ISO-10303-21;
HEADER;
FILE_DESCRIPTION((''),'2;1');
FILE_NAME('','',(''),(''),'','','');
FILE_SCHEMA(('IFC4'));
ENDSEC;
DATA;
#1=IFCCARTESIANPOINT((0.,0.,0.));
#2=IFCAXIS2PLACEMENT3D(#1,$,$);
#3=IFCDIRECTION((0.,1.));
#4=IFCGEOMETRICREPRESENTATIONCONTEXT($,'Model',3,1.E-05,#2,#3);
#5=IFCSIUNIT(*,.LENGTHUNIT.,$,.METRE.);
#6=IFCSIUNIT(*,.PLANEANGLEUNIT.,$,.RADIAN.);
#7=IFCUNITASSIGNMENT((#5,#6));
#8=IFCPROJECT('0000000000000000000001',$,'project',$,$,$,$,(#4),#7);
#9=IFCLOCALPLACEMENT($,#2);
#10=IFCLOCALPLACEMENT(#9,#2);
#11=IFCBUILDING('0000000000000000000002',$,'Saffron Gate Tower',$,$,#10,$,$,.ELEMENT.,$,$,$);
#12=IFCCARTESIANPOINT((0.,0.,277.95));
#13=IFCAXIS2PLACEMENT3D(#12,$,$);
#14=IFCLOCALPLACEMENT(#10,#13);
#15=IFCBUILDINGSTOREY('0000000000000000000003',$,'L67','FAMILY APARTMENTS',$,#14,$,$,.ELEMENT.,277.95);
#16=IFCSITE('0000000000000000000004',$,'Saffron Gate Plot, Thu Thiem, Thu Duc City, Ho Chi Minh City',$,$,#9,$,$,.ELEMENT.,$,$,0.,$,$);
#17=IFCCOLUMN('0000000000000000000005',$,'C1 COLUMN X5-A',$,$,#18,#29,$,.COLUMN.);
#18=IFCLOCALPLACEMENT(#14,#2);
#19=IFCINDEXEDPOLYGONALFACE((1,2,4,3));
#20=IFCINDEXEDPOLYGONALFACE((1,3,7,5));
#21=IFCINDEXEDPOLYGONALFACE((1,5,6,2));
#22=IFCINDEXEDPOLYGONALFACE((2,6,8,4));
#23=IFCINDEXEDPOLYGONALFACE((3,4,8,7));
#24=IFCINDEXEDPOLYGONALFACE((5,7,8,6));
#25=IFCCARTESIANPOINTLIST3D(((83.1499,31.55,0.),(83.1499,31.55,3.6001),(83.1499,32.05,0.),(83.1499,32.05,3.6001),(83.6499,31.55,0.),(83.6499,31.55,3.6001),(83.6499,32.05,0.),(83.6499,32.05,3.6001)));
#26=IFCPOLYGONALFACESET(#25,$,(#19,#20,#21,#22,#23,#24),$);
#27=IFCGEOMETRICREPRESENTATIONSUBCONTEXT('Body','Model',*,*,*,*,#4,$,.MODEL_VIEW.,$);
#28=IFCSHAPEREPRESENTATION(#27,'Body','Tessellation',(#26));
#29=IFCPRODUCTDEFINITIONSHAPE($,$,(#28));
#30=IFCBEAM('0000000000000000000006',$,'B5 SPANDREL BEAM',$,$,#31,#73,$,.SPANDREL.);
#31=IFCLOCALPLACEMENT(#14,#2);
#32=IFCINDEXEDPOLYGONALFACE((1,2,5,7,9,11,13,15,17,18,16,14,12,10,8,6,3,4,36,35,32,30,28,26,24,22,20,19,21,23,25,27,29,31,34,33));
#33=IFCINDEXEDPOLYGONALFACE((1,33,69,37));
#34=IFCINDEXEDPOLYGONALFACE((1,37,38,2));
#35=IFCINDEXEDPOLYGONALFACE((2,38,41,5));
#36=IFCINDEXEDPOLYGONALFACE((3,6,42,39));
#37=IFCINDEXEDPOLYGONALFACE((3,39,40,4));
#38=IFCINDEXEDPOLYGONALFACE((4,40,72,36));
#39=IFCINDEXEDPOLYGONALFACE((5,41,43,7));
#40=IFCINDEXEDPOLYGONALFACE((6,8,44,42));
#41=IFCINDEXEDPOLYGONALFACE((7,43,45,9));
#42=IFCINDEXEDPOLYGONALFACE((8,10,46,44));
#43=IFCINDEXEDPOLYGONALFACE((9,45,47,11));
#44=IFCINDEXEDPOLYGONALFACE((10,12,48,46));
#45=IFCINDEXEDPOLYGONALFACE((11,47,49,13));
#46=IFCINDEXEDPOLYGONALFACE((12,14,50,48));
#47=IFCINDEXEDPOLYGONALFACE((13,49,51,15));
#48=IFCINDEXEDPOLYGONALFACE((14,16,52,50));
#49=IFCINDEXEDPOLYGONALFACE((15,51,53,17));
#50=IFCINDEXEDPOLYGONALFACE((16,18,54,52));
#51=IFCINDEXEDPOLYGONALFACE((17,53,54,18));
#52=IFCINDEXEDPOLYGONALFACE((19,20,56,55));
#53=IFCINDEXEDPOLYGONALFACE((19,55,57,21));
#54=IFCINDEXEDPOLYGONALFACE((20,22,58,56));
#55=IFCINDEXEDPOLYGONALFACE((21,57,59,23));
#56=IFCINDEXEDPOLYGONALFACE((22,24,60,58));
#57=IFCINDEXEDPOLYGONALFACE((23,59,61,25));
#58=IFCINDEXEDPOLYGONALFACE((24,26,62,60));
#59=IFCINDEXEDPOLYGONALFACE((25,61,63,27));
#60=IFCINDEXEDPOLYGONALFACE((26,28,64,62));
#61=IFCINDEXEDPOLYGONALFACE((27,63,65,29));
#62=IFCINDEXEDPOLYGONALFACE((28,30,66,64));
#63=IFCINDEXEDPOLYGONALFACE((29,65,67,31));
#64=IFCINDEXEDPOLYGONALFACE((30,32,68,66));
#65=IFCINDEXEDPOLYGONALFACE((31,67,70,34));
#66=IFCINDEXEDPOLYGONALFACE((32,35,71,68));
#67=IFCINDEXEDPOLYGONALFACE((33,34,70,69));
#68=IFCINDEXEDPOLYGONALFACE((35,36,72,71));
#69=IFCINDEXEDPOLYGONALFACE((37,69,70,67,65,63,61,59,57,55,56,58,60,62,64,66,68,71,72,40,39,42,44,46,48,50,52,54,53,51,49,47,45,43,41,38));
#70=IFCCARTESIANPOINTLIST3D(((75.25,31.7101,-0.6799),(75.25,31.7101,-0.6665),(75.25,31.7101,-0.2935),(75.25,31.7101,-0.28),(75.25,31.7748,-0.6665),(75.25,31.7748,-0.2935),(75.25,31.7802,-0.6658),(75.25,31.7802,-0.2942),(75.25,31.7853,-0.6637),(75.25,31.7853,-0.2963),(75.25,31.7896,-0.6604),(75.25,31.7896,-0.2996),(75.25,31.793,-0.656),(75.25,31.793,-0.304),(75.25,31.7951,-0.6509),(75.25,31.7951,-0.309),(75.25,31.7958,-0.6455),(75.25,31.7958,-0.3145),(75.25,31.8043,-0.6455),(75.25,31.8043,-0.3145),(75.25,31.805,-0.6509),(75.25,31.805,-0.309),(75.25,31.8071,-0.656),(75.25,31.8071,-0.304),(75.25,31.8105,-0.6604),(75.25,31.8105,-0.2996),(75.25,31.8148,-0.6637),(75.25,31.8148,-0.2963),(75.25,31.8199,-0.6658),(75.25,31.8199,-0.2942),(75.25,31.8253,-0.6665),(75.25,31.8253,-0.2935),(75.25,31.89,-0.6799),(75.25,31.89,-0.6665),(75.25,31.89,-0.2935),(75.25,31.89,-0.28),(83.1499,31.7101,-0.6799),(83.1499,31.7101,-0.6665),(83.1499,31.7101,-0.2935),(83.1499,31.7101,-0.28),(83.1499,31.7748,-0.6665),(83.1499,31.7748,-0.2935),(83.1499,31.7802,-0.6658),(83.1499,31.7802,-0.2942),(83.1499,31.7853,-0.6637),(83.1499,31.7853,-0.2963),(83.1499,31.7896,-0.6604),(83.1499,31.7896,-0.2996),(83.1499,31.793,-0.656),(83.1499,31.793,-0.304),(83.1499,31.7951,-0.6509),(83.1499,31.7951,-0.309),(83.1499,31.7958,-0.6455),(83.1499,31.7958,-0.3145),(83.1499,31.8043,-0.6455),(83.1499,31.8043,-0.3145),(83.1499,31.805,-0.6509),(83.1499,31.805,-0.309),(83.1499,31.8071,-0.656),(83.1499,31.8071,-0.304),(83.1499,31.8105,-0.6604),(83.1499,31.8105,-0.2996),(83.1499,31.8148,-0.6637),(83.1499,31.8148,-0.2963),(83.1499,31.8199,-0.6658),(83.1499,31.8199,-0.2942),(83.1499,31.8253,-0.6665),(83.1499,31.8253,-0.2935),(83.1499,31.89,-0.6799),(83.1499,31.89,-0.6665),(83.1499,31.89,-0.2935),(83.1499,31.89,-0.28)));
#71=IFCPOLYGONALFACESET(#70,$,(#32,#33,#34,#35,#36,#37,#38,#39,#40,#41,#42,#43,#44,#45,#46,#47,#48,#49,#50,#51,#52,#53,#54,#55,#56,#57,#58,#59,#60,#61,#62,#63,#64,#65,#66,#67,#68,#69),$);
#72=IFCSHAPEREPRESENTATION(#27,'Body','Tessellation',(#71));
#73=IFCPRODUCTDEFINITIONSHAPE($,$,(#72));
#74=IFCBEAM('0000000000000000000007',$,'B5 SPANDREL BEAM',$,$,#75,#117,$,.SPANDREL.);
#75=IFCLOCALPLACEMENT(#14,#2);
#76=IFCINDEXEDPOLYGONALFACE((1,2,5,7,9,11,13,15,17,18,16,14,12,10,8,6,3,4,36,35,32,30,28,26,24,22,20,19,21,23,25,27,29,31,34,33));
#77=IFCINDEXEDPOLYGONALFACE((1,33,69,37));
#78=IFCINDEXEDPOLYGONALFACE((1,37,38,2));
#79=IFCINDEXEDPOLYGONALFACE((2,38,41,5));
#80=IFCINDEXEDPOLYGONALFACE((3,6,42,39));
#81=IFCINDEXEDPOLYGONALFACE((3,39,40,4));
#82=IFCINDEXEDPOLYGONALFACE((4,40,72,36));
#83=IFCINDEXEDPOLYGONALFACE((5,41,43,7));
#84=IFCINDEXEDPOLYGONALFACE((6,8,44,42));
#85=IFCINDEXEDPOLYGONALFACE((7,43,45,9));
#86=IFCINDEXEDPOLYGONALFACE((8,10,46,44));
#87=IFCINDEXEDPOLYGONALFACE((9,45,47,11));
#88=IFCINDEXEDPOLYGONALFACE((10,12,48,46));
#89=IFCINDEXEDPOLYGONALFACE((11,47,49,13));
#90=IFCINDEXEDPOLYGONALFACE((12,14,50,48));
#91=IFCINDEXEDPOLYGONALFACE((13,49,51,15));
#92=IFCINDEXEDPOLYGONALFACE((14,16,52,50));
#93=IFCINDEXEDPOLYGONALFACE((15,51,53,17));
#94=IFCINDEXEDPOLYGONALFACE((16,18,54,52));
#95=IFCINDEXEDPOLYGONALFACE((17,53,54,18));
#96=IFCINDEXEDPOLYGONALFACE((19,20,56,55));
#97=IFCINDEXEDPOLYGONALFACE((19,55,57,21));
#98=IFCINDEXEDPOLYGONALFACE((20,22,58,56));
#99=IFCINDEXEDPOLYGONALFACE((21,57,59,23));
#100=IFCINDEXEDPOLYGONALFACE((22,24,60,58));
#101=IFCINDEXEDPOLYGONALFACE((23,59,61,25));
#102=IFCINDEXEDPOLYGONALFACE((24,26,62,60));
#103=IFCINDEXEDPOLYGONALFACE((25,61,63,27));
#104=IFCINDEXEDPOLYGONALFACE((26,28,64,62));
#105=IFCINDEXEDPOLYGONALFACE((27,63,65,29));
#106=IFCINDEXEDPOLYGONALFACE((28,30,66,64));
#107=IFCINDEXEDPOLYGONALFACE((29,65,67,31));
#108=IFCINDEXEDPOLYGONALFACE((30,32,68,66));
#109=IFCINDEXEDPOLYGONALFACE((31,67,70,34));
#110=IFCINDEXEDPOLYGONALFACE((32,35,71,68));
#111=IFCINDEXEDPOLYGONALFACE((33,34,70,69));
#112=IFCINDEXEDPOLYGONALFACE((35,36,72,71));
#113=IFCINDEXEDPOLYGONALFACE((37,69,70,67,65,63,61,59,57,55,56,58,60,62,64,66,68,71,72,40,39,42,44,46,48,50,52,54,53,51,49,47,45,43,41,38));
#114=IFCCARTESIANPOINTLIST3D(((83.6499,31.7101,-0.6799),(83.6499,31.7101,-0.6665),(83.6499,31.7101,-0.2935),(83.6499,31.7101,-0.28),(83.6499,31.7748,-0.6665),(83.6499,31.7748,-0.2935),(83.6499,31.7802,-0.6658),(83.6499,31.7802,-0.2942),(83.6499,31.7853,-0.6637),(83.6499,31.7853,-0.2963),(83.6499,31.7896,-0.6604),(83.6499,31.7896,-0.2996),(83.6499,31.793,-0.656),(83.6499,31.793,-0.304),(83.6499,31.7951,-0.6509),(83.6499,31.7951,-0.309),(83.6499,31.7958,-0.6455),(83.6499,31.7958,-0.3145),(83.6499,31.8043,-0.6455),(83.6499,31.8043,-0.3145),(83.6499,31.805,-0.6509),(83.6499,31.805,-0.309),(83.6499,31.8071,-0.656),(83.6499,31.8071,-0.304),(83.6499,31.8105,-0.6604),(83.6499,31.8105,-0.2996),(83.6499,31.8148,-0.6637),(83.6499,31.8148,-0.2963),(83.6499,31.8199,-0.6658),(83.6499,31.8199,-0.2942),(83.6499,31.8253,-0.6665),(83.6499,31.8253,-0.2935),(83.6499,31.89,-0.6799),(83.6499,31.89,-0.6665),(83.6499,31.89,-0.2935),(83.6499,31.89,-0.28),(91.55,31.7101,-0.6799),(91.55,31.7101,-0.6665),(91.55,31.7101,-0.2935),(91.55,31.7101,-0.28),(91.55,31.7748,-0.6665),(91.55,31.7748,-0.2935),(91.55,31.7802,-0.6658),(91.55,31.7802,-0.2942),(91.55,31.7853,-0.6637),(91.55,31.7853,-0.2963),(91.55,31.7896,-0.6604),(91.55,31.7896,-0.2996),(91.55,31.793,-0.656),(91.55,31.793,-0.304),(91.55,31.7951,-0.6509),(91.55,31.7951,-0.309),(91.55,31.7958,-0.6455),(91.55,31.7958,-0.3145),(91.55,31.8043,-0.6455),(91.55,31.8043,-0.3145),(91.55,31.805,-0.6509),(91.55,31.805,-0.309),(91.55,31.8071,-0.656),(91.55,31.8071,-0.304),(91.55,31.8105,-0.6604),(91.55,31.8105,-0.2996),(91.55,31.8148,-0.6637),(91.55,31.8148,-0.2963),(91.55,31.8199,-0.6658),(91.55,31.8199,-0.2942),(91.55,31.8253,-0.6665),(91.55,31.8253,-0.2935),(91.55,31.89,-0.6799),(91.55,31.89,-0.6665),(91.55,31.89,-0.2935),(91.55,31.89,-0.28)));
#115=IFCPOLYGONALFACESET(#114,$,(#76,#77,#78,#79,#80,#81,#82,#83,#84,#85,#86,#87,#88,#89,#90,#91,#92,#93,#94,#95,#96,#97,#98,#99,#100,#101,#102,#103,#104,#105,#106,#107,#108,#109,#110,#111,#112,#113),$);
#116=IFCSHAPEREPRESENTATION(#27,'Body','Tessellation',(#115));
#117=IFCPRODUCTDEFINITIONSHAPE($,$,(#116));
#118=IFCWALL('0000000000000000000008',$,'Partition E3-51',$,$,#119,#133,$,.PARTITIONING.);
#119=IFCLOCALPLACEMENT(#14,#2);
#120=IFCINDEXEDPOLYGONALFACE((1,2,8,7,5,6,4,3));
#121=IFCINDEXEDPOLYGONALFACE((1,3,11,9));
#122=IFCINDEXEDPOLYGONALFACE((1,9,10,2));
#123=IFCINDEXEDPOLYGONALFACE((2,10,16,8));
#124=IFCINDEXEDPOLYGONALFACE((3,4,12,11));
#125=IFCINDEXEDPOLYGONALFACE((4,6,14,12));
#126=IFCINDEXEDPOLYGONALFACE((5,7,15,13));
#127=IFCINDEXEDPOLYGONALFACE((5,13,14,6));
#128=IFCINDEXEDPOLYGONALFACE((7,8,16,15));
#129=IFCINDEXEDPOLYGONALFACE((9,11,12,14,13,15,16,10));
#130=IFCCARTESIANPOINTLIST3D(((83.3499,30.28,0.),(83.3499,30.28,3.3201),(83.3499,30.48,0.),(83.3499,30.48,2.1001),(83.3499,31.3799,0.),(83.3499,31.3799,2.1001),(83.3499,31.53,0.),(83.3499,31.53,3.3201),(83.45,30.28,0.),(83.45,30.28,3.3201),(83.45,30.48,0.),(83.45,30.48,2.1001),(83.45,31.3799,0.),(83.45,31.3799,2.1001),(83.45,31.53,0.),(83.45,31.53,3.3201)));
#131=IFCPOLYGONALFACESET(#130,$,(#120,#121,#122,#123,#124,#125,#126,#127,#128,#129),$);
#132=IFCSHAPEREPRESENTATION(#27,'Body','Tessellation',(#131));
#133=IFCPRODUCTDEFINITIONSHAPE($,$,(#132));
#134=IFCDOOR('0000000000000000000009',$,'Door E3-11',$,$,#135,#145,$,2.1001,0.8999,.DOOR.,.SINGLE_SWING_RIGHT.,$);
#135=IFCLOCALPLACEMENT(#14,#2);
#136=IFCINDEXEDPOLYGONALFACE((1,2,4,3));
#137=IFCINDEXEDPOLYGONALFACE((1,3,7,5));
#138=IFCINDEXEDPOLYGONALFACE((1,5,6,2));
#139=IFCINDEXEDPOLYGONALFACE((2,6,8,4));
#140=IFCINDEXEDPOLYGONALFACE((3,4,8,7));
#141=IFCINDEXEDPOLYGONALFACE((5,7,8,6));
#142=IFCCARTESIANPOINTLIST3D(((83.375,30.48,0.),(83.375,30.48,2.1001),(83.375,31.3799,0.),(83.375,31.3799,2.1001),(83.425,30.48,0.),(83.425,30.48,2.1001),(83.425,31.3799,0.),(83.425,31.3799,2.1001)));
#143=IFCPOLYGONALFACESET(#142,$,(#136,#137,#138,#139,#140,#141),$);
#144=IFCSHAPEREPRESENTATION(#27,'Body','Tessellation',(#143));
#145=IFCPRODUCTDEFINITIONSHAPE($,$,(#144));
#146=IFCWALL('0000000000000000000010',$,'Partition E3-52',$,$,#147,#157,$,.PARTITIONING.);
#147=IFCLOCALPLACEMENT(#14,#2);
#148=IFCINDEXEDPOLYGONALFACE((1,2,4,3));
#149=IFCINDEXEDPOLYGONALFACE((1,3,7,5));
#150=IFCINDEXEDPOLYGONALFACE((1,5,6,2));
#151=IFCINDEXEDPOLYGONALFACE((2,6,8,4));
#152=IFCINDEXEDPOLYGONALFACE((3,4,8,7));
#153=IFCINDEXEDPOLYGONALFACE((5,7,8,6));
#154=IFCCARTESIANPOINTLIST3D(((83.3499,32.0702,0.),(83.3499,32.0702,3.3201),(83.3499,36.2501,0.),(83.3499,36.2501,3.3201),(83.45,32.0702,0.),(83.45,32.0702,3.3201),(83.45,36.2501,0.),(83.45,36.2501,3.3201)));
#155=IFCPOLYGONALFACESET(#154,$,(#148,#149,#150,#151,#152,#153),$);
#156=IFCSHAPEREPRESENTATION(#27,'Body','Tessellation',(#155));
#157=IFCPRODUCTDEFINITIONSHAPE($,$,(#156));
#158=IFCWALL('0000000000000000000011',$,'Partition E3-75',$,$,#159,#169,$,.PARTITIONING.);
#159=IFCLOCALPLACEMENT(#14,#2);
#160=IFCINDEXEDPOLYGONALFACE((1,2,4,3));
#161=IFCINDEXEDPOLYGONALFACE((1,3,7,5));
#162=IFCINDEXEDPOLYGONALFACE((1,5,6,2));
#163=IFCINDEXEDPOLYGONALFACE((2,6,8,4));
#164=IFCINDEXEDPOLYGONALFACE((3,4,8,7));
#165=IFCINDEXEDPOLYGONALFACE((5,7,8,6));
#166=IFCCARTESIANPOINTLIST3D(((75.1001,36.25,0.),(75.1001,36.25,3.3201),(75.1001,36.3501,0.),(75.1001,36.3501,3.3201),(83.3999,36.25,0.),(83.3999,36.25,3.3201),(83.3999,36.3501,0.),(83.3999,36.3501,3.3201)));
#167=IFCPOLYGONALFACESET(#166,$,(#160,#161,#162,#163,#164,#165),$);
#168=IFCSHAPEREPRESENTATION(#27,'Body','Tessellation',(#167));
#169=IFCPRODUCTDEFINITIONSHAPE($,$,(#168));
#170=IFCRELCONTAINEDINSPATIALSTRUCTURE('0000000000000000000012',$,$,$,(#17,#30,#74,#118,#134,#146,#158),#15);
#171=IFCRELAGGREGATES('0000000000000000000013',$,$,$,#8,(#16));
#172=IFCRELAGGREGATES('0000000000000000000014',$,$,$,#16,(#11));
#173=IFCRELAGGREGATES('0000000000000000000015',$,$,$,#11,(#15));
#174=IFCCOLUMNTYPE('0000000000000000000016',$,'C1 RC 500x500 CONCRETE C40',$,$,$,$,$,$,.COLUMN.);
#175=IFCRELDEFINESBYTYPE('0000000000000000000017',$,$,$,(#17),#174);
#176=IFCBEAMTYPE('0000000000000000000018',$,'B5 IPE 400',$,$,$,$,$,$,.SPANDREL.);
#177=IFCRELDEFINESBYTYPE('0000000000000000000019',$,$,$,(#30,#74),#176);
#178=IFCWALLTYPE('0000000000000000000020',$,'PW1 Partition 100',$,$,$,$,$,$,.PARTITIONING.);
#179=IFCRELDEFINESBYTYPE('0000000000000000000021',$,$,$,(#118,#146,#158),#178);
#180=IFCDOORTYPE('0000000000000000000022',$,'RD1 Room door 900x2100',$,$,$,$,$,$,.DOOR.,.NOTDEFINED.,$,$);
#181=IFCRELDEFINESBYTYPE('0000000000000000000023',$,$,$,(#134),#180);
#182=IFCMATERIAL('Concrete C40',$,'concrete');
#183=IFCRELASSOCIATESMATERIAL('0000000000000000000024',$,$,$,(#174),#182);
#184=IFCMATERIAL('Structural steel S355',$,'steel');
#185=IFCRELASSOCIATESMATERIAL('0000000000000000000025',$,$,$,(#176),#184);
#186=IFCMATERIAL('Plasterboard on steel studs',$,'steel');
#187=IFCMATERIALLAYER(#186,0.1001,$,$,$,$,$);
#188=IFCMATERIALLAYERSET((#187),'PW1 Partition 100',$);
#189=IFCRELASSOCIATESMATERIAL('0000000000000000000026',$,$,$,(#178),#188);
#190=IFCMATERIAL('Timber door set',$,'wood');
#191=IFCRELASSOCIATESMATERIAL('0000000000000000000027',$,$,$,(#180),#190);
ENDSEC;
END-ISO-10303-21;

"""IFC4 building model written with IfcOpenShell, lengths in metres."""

from ifc_helpers import new_model, si_unit, direction, frame, frame_2d, origin, origin_2d, place, context, subcontext, project, spatial, rectangle, i_section, extrude, material, layer, layer_set, material_profile, profile_set, type_object, element, fill, save


model = new_model("IFC4")

# Units and contexts
model_context = context("Model", 3, precision=1e-05, world=origin(), true_north=direction((0.0, 1.0)))
body_context = subcontext(model_context, "Body", "Model", "MODEL_VIEW")
ifc_project = project(units=[si_unit("LENGTHUNIT", "METRE"), si_unit("PLANEANGLEUNIT", "RADIAN")], contexts=[model_context])

# Site, building, storey
site_placement = place(None, origin())
site = spatial("IfcSite", under=ifc_project, at=site_placement, Name="Saffron Gate Plot, Thu Thiem, Thu Duc City, Ho Chi Minh City", CompositionType="ELEMENT", RefElevation=0.0)
building_placement = place(site_placement, origin())
building = spatial("IfcBuilding", under=site, at=building_placement, Name="Saffron Gate Tower", CompositionType="ELEMENT")
storey_placement = place(building_placement, frame((0.0, 0.0, 277.95)))
storey = spatial("IfcBuildingStorey", under=building, at=storey_placement, Name="L67", Description="FAMILY APARTMENTS", CompositionType="ELEMENT", Elevation=277.95)

# Column
ifc_material_1 = material(Name="Concrete C40", Category="concrete")
ifc_material_profile_1 = material_profile(ifc_material_1, rectangle(XDim=0.5, YDim=0.5, at=origin_2d()))
ifc_profile_set_1 = profile_set([ifc_material_profile_1], Name="Concrete C40")
column_type = type_object("IfcColumnType", Name="C1 RC 500x500 CONCRETE C40", PredefinedType="COLUMN", material=ifc_profile_set_1)
column_placement = place(storey_placement, frame((83.3999, 31.8, 0.0), z_axis=(0.0, 0.0, 1.0), x_axis=(1.0, 0.0, 0.0)))
element("IfcColumn", 1, at=column_placement, inside=storey, type_object=column_type, Name="C1 COLUMN X5-A", PredefinedType="COLUMN", context=body_context, shape_type="SweptSolid", body=[
    extrude(rectangle(XDim=0.5, YDim=0.5, at=origin_2d()), origin(), (0.0, 0.0, 1.0), 3.6001),
])

# Beams
ifc_material_2 = material(Name="Structural steel S355", Category="steel")
ifc_material_profile_2 = material_profile(ifc_material_2, i_section(OverallWidth=0.1799, OverallDepth=0.3999, WebThickness=0.0085, FlangeThickness=0.0134, FilletRadius=0.021, at=origin_2d()))
ifc_profile_set_2 = profile_set([ifc_material_profile_2], Name="Structural steel S355")
beam_type = type_object("IfcBeamType", Name="B5 IPE 400", PredefinedType="SPANDREL", material=ifc_profile_set_2)
beam_1_placement = place(storey_placement, frame((75.25, 31.8, -0.48), z_axis=(1.0, 0.0, 0.0), x_axis=(0.0, 1.0, 0.0)))
element("IfcBeam", 2, at=beam_1_placement, inside=storey, type_object=beam_type, Name="B5 SPANDREL BEAM", PredefinedType="SPANDREL", context=body_context, shape_type="SweptSolid", body=[
    extrude(i_section(OverallWidth=0.1799, OverallDepth=0.3999, WebThickness=0.0085, FlangeThickness=0.0134, FilletRadius=0.021, at=origin_2d()), origin(), (0.0, 0.0, 1.0), 7.8999),
])
beam_2_placement = place(storey_placement, frame((83.6499, 31.8, -0.48), z_axis=(1.0, 0.0, 0.0), x_axis=(0.0, 1.0, 0.0)))
element("IfcBeam", 3, at=beam_2_placement, inside=storey, type_object=beam_type, Name="B5 SPANDREL BEAM", PredefinedType="SPANDREL", context=body_context, shape_type="SweptSolid", body=[
    extrude(i_section(OverallWidth=0.1799, OverallDepth=0.3999, WebThickness=0.0085, FlangeThickness=0.0134, FilletRadius=0.021, at=origin_2d()), origin(), (0.0, 0.0, 1.0), 7.9001),
])

# Wall, opening, door
ifc_material_3 = material(Name="Plasterboard on steel studs", Category="steel")
ifc_layer_1 = layer(ifc_material_3, 0.1001)
ifc_layer_set_1 = layer_set([ifc_layer_1], Name="PW1 Partition 100")
wall_type = type_object("IfcWallType", Name="PW1 Partition 100", PredefinedType="PARTITIONING", material=ifc_layer_set_1)
wall_1_placement = place(storey_placement, frame((83.3999, 30.28, 0.0), z_axis=(0.0, 0.0, 1.0), x_axis=(0.0, 1.0, 0.0)))
wall_1 = element("IfcWall", 4, at=wall_1_placement, inside=storey, type_object=wall_type, Name="Partition E3-51", PredefinedType="PARTITIONING", context=body_context, shape_type="SweptSolid", body=[
    extrude(rectangle(XDim=1.25, YDim=0.1001, at=frame_2d((0.625, 0.0))), origin(), (0.0, 0.0, 1.0), 3.3201),
])
opening_1_placement = place(wall_1_placement, frame((0.2, 0.0, 0.0)))
opening_1 = element("IfcOpeningElement", 5, at=opening_1_placement, cuts=wall_1, PredefinedType="OPENING", context=body_context, shape_type="SweptSolid", body=[
    extrude(rectangle(XDim=0.8999, YDim=2.1001, at=frame_2d((0.45, 1.05))), frame((0.0, 0.0601, 0.0), z_axis=(0.0, -1.0, 0.0), x_axis=(1.0, 0.0, 0.0)), (0.0, 0.0, 1.0), 0.1201),
])
ifc_material_4 = material(Name="Timber door set", Category="wood")
door_type_1 = type_object("IfcDoorType", Name="RD1 Room door 900x2100", OperationType="NOTDEFINED", PredefinedType="DOOR", material=ifc_material_4)
door_1_placement = place(opening_1_placement, origin())
door_1 = element("IfcDoor", 6, at=door_1_placement, inside=storey, type_object=door_type_1, Name="Door E3-11", OperationType="SINGLE_SWING_RIGHT", OverallHeight=2.1001, OverallWidth=0.8999, PredefinedType="DOOR", context=body_context, shape_type="SweptSolid", body=[
    extrude(rectangle(XDim=0.8999, YDim=2.1001, at=frame_2d((0.45, 1.05))), frame((0.0, 0.0249, 0.0), z_axis=(0.0, -1.0, 0.0), x_axis=(1.0, 0.0, 0.0)), (0.0, 0.0, 1.0), 0.05),
])
fill(opening_1, door_1)

# Walls
wall_2_placement = place(storey_placement, frame((83.3999, 36.25, 0.0), z_axis=(0.0, 0.0, 1.0), x_axis=(0.0, -1.0, 0.0)))
element("IfcWall", 7, at=wall_2_placement, inside=storey, type_object=wall_type, Name="Partition E3-52", PredefinedType="PARTITIONING", context=body_context, shape_type="SweptSolid", body=[
    extrude(rectangle(XDim=4.1799, YDim=0.1001, at=frame_2d((2.0898, 0.0))), origin(), (0.0, 0.0, 1.0), 3.3201),
])
wall_3_placement = place(storey_placement, frame((75.1001, 36.3, 0.0), z_axis=(0.0, 0.0, 1.0), x_axis=(1.0, 0.0, 0.0)))
element("IfcWall", 8, at=wall_3_placement, inside=storey, type_object=wall_type, Name="Partition E3-75", PredefinedType="PARTITIONING", context=body_context, shape_type="SweptSolid", body=[
    extrude(rectangle(XDim=8.2998, YDim=0.1001, at=frame_2d((4.1499, 0.0))), origin(), (0.0, 0.0, 1.0), 3.3201),
])

save(model, "model.ifc")
